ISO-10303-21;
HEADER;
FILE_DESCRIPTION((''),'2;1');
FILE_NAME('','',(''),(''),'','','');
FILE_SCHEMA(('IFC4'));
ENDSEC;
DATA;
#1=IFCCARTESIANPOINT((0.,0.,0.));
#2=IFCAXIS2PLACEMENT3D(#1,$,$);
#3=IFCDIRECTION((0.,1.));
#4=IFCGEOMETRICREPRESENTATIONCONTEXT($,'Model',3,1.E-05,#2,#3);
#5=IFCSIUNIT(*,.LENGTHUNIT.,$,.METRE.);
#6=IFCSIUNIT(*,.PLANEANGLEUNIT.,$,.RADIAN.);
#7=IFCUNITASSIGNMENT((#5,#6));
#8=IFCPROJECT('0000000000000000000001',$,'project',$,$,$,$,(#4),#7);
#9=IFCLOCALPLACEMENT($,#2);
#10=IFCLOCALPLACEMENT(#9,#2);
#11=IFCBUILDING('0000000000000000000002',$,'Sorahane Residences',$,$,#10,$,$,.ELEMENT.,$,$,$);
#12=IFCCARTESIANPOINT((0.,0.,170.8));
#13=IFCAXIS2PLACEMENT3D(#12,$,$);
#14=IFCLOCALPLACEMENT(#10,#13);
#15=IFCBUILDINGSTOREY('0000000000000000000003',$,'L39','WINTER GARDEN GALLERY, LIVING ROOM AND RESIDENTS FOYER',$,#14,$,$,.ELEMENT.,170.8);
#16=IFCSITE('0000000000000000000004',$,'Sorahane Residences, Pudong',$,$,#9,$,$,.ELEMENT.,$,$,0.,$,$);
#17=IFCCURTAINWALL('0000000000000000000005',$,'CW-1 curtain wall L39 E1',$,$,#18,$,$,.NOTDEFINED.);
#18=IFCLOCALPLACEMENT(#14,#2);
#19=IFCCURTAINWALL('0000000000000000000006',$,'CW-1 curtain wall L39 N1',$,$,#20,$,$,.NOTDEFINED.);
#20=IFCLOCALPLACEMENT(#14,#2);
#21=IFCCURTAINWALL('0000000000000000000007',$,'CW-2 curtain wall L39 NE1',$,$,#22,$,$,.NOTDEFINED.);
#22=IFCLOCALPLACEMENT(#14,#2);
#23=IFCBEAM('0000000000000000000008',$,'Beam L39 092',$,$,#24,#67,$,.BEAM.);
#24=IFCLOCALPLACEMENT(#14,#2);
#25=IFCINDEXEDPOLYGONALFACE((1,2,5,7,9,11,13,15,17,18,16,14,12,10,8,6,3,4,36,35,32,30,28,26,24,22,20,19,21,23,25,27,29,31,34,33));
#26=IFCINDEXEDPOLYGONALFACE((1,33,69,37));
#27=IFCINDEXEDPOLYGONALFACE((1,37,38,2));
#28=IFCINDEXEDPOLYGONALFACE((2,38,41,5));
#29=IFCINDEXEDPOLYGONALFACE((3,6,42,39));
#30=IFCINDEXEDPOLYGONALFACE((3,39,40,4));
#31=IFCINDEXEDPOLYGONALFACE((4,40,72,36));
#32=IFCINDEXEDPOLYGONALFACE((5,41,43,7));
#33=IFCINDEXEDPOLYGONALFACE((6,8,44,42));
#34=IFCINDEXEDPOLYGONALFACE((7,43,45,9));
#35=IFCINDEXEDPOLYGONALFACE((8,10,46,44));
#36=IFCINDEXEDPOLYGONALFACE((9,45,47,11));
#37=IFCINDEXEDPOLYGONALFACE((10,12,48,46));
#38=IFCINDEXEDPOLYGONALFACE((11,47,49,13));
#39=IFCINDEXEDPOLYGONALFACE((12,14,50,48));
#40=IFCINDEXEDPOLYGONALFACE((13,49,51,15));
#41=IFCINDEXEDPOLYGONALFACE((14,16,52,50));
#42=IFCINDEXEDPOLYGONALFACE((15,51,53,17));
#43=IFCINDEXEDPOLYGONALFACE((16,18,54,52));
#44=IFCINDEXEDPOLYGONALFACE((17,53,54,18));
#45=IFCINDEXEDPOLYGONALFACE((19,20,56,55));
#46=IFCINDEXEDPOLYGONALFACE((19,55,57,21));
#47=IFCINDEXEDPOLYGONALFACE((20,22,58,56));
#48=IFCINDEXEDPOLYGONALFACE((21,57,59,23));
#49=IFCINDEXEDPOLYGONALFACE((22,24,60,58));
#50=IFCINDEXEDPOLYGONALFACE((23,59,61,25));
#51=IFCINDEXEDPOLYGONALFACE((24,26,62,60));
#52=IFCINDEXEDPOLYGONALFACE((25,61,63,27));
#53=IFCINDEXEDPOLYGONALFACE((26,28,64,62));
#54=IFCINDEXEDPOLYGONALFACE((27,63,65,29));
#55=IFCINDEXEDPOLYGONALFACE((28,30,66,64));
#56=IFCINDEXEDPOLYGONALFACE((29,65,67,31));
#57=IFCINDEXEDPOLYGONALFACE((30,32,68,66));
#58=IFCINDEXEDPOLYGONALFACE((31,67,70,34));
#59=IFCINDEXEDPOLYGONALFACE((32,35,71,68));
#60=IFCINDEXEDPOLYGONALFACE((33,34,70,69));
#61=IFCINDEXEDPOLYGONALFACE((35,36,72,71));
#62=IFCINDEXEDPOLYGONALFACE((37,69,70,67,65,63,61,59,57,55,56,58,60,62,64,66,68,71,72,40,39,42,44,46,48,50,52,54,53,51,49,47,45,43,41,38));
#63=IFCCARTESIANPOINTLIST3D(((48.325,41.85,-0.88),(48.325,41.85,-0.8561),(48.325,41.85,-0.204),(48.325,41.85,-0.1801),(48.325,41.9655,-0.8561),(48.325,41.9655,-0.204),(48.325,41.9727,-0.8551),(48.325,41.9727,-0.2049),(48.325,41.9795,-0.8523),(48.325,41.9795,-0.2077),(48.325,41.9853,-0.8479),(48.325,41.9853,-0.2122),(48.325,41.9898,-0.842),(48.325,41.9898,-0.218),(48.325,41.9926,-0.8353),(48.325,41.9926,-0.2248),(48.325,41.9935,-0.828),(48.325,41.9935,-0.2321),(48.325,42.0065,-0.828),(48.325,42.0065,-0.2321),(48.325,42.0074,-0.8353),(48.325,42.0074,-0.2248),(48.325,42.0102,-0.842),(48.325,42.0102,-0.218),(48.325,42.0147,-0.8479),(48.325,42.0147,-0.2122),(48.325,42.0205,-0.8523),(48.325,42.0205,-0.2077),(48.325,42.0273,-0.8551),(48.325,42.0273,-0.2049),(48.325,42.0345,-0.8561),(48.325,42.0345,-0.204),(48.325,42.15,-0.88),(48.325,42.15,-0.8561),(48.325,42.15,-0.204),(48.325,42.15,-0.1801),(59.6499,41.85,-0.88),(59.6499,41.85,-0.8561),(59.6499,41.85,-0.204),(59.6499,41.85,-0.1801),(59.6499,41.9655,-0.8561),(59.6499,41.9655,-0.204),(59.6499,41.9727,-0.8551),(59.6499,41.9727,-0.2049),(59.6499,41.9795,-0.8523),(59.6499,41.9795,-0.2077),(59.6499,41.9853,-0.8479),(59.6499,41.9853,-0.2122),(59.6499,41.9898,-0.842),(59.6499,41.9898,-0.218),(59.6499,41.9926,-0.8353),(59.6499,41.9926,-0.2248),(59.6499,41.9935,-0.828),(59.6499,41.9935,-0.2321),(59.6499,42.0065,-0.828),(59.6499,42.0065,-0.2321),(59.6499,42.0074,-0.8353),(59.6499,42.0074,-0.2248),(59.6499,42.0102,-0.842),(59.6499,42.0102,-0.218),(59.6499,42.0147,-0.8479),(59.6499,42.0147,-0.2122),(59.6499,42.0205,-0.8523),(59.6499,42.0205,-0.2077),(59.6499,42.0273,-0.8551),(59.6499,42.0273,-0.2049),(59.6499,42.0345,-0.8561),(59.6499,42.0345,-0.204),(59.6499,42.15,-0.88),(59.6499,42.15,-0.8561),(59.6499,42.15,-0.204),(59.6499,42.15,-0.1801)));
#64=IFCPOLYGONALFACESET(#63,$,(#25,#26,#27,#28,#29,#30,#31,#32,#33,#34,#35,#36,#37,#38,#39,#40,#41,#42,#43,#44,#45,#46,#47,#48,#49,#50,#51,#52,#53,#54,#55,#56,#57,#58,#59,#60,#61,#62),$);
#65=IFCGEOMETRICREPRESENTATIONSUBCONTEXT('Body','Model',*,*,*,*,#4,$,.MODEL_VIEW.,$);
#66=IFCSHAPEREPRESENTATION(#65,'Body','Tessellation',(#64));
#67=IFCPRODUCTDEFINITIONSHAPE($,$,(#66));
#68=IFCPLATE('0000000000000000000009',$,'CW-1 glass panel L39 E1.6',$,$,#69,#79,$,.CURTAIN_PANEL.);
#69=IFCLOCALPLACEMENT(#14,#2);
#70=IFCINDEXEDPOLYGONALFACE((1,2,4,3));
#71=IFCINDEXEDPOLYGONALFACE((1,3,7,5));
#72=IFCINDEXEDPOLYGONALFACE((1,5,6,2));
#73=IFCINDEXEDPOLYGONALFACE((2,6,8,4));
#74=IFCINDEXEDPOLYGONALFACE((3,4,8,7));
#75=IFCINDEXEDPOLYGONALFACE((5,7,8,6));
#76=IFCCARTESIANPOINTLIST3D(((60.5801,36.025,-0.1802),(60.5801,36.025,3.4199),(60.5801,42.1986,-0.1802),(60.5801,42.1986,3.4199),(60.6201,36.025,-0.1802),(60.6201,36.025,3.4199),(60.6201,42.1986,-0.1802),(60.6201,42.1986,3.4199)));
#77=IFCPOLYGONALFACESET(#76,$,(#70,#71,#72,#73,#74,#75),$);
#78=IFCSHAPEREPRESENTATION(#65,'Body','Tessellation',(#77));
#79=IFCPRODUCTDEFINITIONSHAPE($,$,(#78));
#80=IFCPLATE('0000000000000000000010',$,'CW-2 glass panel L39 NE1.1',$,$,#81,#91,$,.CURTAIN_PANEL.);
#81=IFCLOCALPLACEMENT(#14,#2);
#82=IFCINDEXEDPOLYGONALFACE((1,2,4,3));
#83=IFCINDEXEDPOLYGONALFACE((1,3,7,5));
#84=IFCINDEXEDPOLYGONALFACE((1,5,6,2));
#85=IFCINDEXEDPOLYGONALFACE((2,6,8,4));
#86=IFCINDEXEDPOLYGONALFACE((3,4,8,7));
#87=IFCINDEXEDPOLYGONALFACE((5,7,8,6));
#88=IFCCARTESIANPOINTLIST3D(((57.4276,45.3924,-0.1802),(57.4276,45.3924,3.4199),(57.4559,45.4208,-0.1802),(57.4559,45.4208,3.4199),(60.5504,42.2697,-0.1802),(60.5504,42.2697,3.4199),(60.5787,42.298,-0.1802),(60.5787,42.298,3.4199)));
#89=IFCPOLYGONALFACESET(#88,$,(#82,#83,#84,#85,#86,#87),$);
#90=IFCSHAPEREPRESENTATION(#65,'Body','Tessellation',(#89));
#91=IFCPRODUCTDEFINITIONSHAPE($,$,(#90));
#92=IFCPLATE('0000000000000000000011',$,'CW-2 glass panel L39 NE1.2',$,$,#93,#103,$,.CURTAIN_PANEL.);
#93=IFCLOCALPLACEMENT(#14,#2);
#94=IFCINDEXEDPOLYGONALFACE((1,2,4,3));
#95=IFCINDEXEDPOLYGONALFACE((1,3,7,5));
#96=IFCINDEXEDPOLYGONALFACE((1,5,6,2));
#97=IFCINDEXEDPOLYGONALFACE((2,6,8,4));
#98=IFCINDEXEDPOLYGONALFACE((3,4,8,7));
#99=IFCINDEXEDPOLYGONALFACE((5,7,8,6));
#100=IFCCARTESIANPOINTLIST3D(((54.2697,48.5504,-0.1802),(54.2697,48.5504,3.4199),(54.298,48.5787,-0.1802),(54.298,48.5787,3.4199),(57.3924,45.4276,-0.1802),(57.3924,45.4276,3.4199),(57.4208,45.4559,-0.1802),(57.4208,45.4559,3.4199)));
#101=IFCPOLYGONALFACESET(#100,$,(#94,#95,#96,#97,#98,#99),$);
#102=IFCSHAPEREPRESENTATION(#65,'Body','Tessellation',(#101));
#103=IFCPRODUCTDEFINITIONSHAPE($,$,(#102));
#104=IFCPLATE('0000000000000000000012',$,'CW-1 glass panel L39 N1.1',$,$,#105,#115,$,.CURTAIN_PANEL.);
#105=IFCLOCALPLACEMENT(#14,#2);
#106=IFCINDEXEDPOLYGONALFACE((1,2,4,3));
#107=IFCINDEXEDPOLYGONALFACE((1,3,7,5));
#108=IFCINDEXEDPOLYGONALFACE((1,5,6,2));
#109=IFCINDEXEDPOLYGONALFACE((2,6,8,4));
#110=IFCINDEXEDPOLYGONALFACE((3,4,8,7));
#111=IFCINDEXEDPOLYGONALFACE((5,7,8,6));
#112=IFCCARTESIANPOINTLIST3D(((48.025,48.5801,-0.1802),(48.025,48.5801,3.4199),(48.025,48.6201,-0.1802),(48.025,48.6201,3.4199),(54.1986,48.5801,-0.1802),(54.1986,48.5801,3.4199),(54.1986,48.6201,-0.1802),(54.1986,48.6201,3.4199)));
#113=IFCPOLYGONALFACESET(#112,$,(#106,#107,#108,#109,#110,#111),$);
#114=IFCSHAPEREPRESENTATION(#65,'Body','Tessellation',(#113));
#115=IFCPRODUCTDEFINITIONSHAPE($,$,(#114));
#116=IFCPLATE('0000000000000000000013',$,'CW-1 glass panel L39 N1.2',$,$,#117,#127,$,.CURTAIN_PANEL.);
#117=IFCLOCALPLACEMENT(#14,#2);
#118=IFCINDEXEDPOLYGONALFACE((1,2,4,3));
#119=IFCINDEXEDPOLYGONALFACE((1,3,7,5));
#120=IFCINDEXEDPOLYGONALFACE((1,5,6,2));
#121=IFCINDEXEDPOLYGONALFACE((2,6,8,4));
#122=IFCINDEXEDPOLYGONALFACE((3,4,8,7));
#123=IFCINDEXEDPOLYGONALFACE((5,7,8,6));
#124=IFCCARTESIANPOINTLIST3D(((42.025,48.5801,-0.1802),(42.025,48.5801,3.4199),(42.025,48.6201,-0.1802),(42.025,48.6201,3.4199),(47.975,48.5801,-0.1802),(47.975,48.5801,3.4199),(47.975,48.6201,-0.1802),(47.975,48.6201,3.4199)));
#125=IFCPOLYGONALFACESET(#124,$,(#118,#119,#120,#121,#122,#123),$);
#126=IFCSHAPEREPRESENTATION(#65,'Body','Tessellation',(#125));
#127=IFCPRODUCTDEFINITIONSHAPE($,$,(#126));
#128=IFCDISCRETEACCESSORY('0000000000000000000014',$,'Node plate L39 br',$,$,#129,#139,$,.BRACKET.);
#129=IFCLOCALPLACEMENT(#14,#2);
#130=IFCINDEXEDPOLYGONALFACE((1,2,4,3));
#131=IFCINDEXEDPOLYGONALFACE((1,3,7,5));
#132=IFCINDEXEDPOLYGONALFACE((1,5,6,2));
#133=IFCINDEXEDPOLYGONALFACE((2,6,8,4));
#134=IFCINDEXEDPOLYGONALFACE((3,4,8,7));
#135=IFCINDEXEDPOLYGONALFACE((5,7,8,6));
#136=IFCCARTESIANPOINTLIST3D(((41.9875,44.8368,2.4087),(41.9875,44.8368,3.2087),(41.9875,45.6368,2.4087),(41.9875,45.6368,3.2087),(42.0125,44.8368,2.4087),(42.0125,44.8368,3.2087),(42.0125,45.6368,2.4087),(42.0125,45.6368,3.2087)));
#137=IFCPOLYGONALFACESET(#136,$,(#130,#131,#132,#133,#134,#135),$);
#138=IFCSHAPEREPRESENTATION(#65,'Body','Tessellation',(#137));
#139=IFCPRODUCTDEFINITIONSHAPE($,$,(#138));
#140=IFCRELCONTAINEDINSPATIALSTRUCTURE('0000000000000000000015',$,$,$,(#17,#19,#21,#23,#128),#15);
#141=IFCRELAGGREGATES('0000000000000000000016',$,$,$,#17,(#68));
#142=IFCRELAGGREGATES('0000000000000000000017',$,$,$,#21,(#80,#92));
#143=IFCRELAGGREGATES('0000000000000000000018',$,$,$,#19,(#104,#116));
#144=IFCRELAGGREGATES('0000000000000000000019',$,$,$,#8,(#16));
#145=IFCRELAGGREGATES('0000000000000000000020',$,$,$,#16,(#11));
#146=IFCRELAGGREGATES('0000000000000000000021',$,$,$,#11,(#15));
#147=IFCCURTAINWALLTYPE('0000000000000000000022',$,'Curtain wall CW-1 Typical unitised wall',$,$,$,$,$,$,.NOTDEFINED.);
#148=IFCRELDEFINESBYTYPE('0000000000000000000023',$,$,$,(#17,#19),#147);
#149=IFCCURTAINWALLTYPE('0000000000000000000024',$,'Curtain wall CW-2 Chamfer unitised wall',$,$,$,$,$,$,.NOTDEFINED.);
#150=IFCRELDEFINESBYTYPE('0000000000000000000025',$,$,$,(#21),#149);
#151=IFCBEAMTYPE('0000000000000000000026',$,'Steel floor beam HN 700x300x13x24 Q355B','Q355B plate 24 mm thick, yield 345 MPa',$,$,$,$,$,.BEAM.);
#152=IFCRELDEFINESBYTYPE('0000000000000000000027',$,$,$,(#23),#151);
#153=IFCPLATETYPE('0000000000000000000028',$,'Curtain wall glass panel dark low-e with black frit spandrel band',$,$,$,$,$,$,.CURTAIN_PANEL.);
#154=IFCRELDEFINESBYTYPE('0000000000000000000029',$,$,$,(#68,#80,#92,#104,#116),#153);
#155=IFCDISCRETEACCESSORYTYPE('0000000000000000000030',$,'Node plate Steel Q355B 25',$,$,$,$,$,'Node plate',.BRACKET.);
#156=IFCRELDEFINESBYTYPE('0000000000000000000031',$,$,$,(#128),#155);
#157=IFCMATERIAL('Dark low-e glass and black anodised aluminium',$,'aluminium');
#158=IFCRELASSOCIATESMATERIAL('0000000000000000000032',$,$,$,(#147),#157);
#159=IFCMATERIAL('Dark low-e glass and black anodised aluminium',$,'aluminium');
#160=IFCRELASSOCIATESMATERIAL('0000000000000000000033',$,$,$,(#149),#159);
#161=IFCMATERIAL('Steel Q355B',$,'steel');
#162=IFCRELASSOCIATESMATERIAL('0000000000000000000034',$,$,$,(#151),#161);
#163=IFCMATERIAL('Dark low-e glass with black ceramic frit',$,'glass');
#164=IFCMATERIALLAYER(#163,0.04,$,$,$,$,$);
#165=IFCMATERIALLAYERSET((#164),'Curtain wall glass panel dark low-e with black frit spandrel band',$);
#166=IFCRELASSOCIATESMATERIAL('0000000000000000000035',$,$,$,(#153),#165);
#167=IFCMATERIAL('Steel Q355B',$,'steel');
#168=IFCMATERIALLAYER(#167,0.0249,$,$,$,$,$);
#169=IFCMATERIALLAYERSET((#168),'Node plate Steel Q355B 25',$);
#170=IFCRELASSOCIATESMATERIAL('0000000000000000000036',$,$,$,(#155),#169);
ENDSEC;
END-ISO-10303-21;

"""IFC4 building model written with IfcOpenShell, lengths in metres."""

from ifc_helpers import new_model, si_unit, direction, frame, origin, origin_2d, place, context, subcontext, project, spatial, rectangle, i_section, extrude, material, layer, layer_set, material_profile, profile_set, type_object, element, aggregate, save


model = new_model("IFC4")

# Units and contexts
model_context = context("Model", 3, precision=1e-05, world=origin(), true_north=direction((0.0, 1.0)))
body_context = subcontext(model_context, "Body", "Model", "MODEL_VIEW")
ifc_project = project(units=[si_unit("LENGTHUNIT", "METRE"), si_unit("PLANEANGLEUNIT", "RADIAN")], contexts=[model_context])

# Site, building, storey
site_placement = place(None, origin())
site = spatial("IfcSite", under=ifc_project, at=site_placement, Name="Sorahane Residences, Pudong", CompositionType="ELEMENT", RefElevation=0.0)
building_placement = place(site_placement, origin())
building = spatial("IfcBuilding", under=site, at=building_placement, Name="Sorahane Residences", CompositionType="ELEMENT")
storey_placement = place(building_placement, frame((0.0, 0.0, 170.8)))
storey = spatial("IfcBuildingStorey", under=building, at=storey_placement, Name="L39", Description="WINTER GARDEN GALLERY, LIVING ROOM AND RESIDENTS FOYER", CompositionType="ELEMENT", Elevation=170.8)

# Curtain wall
ifc_material_1 = material(Name="Dark low-e glass and black anodised aluminium", Category="aluminium")
curtain_wall_type_1 = type_object("IfcCurtainWallType", Name="Curtain wall CW-1 Typical unitised wall", PredefinedType="NOTDEFINED", material=ifc_material_1)
curtain_wall_1_placement = place(storey_placement, origin())
curtain_wall_1 = element("IfcCurtainWall", 1, at=curtain_wall_1_placement, inside=storey, type_object=curtain_wall_type_1, Name="CW-1 curtain wall L39 E1", PredefinedType="NOTDEFINED")

# Curtain walls
curtain_wall_2_placement = place(storey_placement, origin())
curtain_wall_2 = element("IfcCurtainWall", 2, at=curtain_wall_2_placement, inside=storey, type_object=curtain_wall_type_1, Name="CW-1 curtain wall L39 N1", PredefinedType="NOTDEFINED")
ifc_material_2 = material(Name="Dark low-e glass and black anodised aluminium", Category="aluminium")
curtain_wall_type_2 = type_object("IfcCurtainWallType", Name="Curtain wall CW-2 Chamfer unitised wall", PredefinedType="NOTDEFINED", material=ifc_material_2)
curtain_wall_3_placement = place(storey_placement, origin())
curtain_wall_3 = element("IfcCurtainWall", 3, at=curtain_wall_3_placement, inside=storey, type_object=curtain_wall_type_2, Name="CW-2 curtain wall L39 NE1", PredefinedType="NOTDEFINED")

# Beam
ifc_material_3 = material(Name="Steel Q355B", Category="steel")
ifc_material_profile_1 = material_profile(ifc_material_3, i_section(OverallWidth=0.3, OverallDepth=0.7, WebThickness=0.0129, FlangeThickness=0.0239, FilletRadius=0.0281, at=origin_2d()), Name="HN 700x300x13x24")
ifc_profile_set_1 = profile_set([ifc_material_profile_1], Name="Steel Q355B")
beam_type_1 = type_object("IfcBeamType", Name="Steel floor beam HN 700x300x13x24 Q355B", Description="Q355B plate 24 mm thick, yield 345 MPa", PredefinedType="BEAM", material=ifc_profile_set_1)
beam_1_placement = place(storey_placement, frame((48.325, 42.0, -0.53), z_axis=(1.0, 0.0, 0.0), x_axis=(0.0, 1.0, 0.0)))
element("IfcBeam", 4, at=beam_1_placement, inside=storey, type_object=beam_type_1, Name="Beam L39 092", PredefinedType="BEAM", context=body_context, shape_type="SweptSolid", body=[
    extrude(i_section(OverallWidth=0.3, OverallDepth=0.7, WebThickness=0.0129, FlangeThickness=0.0239, FilletRadius=0.0281, at=origin_2d()), origin(), (0.0, 0.0, 1.0), 11.325),
])

# Plates
ifc_material_4 = material(Name="Dark low-e glass with black ceramic frit", Category="glass")
ifc_layer_1 = layer(ifc_material_4, 0.04)
ifc_layer_set_1 = layer_set([ifc_layer_1], Name="Curtain wall glass panel dark low-e with black frit spandrel band")
plate_type = type_object("IfcPlateType", Name="Curtain wall glass panel dark low-e with black frit spandrel band", PredefinedType="CURTAIN_PANEL", material=ifc_layer_set_1)
plate_1_placement = place(storey_placement, frame((60.6001, 39.1118, -0.1802), z_axis=(0.0, 0.0, 1.0), x_axis=(0.0, 1.0, 0.0)))
plate_1 = element("IfcPlate", 5, at=plate_1_placement, type_object=plate_type, Name="CW-1 glass panel L39 E1.6", PredefinedType="CURTAIN_PANEL", context=body_context, shape_type="SweptSolid", body=[
    extrude(rectangle(XDim=6.1736, YDim=0.04, at=origin_2d()), origin(), (0.0, 0.0, 1.0), 3.6001),
])
aggregate(curtain_wall_1, [plate_1])
plate_2_placement = place(storey_placement, frame((59.0032, 43.8452, -0.1802), z_axis=(0.0, 0.0, 1.0), x_axis=(-0.707107, 0.707107, 0.0)))
plate_2 = element("IfcPlate", 6, at=plate_2_placement, type_object=plate_type, Name="CW-2 glass panel L39 NE1.1", PredefinedType="CURTAIN_PANEL", context=body_context, shape_type="SweptSolid", body=[
    extrude(rectangle(XDim=4.4163, YDim=0.04, at=origin_2d()), origin(), (0.0, 0.0, 1.0), 3.6001),
])
plate_3_placement = place(storey_placement, frame((55.8452, 47.0032, -0.1802), z_axis=(0.0, 0.0, 1.0), x_axis=(-0.707107, 0.707107, 0.0)))
plate_3 = element("IfcPlate", 7, at=plate_3_placement, type_object=plate_type, Name="CW-2 glass panel L39 NE1.2", PredefinedType="CURTAIN_PANEL", context=body_context, shape_type="SweptSolid", body=[
    extrude(rectangle(XDim=4.4163, YDim=0.04, at=origin_2d()), origin(), (0.0, 0.0, 1.0), 3.6001),
])
aggregate(curtain_wall_3, [plate_2, plate_3])
plate_4_placement = place(storey_placement, frame((51.1118, 48.6001, -0.1802), z_axis=(0.0, 0.0, 1.0), x_axis=(-1.0, 0.0, 0.0)))
plate_4 = element("IfcPlate", 8, at=plate_4_placement, type_object=plate_type, Name="CW-1 glass panel L39 N1.1", PredefinedType="CURTAIN_PANEL", context=body_context, shape_type="SweptSolid", body=[
    extrude(rectangle(XDim=6.1736, YDim=0.04, at=origin_2d()), origin(), (0.0, 0.0, 1.0), 3.6001),
])
plate_5_placement = place(storey_placement, frame((45.0, 48.6001, -0.1802), z_axis=(0.0, 0.0, 1.0), x_axis=(-1.0, 0.0, 0.0)))
plate_5 = element("IfcPlate", 9, at=plate_5_placement, type_object=plate_type, Name="CW-1 glass panel L39 N1.2", PredefinedType="CURTAIN_PANEL", context=body_context, shape_type="SweptSolid", body=[
    extrude(rectangle(XDim=5.95, YDim=0.04, at=origin_2d()), origin(), (0.0, 0.0, 1.0), 3.6001),
])
aggregate(curtain_wall_2, [plate_4, plate_5])

# Discrete accessory
ifc_material_5 = material(Name="Steel Q355B", Category="steel")
ifc_layer_2 = layer(ifc_material_5, 0.0249)
ifc_layer_set_2 = layer_set([ifc_layer_2], Name="Node plate Steel Q355B 25")
discrete_accessory_type = type_object("IfcDiscreteAccessoryType", Name="Node plate Steel Q355B 25", ElementType="Node plate", PredefinedType="BRACKET", material=ifc_layer_set_2)
discrete_accessory_placement = place(storey_placement, frame((42.0, 45.2368, 2.4087), z_axis=(0.0, 0.0, 1.0), x_axis=(0.0, 1.0, 0.0)))
element("IfcDiscreteAccessory", 10, at=discrete_accessory_placement, inside=storey, type_object=discrete_accessory_type, Name="Node plate L39 br", PredefinedType="BRACKET", context=body_context, shape_type="SweptSolid", body=[
    extrude(rectangle(XDim=0.8, YDim=0.0249, at=origin_2d()), origin(), (0.0, 0.0, 1.0), 0.8),
])

save(model, "model.ifc")
